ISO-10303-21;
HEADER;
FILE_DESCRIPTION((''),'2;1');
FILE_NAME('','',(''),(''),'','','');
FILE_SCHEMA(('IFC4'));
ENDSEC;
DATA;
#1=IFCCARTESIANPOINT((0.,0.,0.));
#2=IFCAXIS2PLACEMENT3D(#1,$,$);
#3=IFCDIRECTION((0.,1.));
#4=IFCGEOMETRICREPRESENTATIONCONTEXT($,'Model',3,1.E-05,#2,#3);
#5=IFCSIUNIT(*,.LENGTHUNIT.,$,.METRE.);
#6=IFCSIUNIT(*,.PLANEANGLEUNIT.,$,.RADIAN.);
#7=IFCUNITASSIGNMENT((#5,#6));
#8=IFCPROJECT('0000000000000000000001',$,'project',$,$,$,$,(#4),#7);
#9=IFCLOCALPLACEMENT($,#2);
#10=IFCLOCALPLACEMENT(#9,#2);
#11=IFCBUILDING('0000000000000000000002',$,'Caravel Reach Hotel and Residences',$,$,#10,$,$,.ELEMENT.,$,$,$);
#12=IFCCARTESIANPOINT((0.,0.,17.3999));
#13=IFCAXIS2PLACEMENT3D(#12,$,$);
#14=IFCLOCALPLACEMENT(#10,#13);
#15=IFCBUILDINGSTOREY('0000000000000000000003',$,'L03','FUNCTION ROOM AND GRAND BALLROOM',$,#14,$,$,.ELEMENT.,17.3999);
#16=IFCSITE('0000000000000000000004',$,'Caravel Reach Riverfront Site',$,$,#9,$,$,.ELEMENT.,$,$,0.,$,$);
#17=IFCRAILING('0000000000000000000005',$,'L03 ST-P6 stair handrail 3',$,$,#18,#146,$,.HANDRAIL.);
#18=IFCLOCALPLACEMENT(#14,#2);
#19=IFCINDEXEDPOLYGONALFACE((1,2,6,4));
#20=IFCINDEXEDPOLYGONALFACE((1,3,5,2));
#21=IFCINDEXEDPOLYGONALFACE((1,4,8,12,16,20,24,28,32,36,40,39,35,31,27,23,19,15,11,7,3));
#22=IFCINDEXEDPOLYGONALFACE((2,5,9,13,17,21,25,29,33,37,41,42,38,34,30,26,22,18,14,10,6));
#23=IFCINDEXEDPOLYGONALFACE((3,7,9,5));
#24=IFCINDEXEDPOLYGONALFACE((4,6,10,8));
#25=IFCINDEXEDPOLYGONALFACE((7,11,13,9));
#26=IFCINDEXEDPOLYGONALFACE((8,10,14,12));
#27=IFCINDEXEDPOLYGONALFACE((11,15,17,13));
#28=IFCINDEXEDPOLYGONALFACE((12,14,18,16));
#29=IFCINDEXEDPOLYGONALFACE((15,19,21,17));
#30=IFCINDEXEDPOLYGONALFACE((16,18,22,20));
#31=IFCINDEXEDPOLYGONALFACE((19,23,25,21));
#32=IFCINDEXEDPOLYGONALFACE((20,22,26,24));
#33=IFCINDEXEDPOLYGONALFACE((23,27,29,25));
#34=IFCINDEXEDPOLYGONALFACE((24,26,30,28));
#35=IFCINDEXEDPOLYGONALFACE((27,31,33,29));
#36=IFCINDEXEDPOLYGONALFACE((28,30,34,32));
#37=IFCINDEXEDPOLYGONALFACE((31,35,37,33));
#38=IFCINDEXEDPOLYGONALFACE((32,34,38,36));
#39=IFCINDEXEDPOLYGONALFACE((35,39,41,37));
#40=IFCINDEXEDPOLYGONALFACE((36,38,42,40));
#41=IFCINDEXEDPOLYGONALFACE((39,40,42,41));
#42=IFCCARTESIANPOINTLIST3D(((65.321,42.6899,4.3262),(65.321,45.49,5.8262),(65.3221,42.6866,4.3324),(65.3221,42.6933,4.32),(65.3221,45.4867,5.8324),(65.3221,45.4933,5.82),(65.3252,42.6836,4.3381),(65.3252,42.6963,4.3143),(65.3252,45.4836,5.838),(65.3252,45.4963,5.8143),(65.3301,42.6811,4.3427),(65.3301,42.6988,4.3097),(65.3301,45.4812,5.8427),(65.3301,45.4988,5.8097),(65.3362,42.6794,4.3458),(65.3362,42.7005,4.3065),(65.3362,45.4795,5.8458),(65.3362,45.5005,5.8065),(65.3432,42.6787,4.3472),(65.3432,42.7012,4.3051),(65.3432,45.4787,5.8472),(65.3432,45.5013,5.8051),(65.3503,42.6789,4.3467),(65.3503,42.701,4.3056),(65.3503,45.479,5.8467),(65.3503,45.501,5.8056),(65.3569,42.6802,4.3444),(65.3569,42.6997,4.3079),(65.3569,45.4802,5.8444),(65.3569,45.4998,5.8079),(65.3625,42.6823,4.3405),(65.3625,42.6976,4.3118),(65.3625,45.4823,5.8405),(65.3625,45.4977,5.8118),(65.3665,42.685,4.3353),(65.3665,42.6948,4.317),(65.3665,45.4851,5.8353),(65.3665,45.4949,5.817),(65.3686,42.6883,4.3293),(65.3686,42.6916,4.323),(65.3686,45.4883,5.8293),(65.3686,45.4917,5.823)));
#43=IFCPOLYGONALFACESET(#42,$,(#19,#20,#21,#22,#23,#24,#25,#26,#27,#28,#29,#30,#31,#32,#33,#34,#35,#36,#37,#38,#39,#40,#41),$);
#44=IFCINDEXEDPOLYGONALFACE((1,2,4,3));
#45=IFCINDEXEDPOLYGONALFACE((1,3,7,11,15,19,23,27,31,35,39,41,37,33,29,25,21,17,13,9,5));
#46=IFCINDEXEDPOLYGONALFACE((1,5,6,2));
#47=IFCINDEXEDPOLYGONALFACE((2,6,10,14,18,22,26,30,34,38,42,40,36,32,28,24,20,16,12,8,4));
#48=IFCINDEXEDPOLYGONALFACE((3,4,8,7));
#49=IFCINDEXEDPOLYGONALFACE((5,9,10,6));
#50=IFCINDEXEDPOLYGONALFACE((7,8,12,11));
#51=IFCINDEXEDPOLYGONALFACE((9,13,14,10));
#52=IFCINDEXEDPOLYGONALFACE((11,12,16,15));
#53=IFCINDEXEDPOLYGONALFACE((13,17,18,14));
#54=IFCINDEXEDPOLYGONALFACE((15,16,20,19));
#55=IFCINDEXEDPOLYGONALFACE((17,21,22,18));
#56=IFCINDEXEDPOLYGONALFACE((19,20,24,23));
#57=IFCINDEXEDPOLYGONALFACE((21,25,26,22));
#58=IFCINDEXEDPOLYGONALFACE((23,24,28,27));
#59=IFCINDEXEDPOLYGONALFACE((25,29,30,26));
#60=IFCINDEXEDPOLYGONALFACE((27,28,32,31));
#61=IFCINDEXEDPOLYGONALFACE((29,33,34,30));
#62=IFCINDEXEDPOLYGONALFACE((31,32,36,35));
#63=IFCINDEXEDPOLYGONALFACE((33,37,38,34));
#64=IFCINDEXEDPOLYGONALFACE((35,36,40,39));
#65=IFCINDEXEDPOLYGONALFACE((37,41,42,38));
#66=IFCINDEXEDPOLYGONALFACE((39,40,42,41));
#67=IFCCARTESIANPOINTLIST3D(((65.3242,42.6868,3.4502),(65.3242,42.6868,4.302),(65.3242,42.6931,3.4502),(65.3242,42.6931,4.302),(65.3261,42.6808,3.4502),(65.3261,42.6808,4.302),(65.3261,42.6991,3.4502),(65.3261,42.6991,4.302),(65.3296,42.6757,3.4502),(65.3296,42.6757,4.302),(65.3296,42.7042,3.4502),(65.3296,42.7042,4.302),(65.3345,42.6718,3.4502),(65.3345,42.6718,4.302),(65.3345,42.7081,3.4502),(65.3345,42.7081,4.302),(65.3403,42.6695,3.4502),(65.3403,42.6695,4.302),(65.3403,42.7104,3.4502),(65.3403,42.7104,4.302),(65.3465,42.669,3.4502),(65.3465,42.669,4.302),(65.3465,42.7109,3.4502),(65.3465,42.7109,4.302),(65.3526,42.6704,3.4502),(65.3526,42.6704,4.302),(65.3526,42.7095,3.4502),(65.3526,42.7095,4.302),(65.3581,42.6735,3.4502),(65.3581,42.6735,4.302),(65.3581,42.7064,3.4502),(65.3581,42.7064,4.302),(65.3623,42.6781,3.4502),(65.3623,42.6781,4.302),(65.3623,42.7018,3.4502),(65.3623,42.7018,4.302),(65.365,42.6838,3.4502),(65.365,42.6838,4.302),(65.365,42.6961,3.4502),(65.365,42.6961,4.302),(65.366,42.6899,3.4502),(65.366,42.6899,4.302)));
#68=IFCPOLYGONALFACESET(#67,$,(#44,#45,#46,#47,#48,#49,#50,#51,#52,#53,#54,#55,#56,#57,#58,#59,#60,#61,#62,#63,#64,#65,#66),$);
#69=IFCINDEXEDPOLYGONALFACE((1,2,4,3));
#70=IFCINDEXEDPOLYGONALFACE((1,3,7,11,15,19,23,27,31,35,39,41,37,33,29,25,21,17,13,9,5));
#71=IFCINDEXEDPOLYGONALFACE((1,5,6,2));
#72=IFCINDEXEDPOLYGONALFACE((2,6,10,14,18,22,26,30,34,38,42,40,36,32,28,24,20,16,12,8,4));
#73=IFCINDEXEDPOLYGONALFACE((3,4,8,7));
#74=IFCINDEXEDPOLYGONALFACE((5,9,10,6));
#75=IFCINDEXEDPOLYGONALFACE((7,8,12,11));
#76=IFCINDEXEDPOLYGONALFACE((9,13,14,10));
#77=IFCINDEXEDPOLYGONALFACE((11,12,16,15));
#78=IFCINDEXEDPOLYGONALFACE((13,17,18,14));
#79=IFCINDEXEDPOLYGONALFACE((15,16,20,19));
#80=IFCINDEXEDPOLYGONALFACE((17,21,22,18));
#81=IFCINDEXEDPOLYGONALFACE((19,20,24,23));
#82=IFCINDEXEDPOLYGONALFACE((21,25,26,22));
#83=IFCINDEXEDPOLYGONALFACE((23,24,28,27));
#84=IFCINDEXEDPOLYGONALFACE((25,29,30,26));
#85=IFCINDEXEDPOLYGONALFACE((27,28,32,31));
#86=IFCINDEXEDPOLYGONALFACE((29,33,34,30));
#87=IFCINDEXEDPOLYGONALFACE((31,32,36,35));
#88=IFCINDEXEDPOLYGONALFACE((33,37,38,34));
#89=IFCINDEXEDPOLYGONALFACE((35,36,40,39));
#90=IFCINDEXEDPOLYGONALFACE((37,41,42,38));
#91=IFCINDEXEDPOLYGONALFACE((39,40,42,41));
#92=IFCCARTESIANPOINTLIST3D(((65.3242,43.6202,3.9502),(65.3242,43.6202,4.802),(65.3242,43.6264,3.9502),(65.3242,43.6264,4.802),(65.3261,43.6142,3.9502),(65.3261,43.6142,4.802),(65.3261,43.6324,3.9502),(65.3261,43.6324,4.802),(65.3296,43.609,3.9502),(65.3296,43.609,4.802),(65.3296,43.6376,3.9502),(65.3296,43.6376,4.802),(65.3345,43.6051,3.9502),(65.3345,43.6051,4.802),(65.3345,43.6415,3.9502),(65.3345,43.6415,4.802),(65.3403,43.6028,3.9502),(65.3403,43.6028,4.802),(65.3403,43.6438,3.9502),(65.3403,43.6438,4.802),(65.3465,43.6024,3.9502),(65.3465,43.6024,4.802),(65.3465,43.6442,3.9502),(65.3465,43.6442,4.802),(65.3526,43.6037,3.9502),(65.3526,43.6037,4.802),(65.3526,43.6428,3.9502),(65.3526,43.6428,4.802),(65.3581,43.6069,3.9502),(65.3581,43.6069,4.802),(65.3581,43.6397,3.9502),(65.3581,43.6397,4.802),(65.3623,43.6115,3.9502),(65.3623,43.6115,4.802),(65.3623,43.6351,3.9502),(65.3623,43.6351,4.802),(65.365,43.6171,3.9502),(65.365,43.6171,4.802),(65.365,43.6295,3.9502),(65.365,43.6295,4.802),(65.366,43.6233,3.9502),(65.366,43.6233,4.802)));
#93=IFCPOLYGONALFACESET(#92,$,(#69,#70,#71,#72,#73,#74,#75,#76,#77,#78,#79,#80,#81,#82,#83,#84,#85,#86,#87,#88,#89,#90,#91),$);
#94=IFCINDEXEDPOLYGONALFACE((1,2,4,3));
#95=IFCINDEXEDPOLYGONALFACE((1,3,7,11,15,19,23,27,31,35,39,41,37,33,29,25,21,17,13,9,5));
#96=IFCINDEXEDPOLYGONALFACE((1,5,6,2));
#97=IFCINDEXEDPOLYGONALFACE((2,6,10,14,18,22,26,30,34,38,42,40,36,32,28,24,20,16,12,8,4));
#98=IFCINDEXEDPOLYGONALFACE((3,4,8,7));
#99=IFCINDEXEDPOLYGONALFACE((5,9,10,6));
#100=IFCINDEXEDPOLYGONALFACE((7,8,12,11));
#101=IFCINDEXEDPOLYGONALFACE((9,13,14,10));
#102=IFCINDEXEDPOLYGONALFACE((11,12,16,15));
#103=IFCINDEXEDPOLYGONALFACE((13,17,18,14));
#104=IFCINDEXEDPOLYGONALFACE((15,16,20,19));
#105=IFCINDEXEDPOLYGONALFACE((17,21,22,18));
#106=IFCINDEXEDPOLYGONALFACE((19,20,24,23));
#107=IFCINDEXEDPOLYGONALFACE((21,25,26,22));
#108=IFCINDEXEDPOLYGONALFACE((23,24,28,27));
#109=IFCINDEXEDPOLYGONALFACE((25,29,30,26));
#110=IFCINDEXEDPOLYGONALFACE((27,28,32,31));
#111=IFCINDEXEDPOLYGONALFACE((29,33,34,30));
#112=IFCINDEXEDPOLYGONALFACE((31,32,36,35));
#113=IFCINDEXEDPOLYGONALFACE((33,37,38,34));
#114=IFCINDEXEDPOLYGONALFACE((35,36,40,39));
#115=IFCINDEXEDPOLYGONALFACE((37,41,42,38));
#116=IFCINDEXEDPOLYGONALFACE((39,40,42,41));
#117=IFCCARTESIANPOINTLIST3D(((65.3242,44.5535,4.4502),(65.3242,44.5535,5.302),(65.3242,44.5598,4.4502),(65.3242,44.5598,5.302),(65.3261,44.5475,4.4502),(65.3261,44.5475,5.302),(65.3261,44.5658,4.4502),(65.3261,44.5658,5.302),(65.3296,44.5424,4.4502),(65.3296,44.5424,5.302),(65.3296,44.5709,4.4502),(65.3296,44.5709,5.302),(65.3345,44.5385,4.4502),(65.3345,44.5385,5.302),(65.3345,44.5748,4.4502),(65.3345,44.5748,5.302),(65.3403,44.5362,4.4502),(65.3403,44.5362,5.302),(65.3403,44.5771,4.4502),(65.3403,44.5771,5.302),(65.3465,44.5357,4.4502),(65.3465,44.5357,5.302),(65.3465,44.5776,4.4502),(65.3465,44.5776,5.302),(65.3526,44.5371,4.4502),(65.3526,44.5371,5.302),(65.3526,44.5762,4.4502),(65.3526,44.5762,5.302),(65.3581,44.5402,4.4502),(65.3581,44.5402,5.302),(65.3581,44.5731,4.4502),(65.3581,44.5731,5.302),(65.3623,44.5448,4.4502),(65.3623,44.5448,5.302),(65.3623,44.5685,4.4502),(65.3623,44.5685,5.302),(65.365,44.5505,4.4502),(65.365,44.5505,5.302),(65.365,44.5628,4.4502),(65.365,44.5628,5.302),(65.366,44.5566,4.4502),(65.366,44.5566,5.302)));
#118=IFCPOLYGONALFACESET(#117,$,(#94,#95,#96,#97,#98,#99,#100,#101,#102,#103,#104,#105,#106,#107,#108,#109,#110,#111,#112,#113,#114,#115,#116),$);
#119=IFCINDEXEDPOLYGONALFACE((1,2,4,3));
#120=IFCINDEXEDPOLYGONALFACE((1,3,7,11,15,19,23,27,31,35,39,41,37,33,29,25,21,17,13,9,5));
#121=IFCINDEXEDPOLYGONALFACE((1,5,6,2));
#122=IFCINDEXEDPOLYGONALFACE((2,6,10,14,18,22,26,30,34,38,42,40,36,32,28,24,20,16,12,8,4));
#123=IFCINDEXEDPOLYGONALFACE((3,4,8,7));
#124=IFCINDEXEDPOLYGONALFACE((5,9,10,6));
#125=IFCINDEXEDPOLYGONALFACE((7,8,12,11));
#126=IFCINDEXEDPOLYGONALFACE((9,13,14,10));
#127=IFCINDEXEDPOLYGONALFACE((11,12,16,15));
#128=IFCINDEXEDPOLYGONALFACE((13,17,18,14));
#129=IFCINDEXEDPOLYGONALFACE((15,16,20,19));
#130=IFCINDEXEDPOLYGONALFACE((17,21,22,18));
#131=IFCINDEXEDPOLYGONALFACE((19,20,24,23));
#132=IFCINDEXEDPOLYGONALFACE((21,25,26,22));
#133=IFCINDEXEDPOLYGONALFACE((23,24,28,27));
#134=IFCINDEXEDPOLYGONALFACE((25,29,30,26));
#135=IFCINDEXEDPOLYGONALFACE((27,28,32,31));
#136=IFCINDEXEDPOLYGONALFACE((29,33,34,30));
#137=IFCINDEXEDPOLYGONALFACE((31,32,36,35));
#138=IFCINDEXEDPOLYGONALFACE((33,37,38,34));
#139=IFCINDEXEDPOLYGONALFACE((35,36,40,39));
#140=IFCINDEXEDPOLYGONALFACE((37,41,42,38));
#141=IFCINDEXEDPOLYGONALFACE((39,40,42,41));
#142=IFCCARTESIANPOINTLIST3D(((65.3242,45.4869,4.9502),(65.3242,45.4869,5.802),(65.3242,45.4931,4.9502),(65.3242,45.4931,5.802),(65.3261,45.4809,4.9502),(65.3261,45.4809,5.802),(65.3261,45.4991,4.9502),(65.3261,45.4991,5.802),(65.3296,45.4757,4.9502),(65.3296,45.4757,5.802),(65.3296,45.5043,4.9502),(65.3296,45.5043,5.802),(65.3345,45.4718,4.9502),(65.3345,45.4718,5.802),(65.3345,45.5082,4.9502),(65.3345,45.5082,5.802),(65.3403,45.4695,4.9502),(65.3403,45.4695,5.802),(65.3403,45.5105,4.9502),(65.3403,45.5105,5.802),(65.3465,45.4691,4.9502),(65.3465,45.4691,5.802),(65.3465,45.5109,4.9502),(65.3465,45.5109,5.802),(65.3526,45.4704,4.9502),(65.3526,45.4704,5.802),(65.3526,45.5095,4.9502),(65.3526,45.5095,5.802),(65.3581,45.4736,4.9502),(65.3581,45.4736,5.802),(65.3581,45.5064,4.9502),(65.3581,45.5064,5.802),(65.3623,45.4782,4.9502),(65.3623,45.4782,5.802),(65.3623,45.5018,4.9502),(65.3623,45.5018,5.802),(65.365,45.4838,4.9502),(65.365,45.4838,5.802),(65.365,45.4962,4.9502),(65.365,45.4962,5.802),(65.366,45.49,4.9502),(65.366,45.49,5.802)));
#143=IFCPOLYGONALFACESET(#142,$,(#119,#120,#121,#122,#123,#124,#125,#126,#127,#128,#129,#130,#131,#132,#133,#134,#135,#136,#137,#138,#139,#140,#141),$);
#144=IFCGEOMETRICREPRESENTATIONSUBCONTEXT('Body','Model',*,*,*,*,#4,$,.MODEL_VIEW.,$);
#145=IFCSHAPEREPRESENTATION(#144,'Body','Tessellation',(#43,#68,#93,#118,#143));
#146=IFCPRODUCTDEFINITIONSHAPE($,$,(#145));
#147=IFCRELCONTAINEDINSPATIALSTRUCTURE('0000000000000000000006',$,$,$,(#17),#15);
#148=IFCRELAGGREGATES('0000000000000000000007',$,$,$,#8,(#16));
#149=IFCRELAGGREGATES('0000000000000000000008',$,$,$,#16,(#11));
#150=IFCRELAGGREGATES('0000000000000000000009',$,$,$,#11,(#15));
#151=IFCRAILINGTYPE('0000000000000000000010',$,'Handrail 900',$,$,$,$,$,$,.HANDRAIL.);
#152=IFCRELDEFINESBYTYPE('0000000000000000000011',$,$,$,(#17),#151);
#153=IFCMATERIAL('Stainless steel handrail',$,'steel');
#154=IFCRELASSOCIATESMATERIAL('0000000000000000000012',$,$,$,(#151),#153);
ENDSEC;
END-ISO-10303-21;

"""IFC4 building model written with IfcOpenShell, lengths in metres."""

from ifc_helpers import new_model, si_unit, direction, frame, origin, origin_2d, place, context, subcontext, project, spatial, circle, extrude, material, type_object, element, save


model = new_model("IFC4")

# Units and contexts
model_context = context("Model", 3, precision=1e-05, world=origin(), true_north=direction((0.0, 1.0)))
body_context = subcontext(model_context, "Body", "Model", "MODEL_VIEW")
ifc_project = project(units=[si_unit("LENGTHUNIT", "METRE"), si_unit("PLANEANGLEUNIT", "RADIAN")], contexts=[model_context])

# Site, building, storey
site_placement = place(None, origin())
site = spatial("IfcSite", under=ifc_project, at=site_placement, Name="Caravel Reach Riverfront Site", CompositionType="ELEMENT", RefElevation=0.0)
building_placement = place(site_placement, origin())
building = spatial("IfcBuilding", under=site, at=building_placement, Name="Caravel Reach Hotel and Residences", CompositionType="ELEMENT")
storey_placement = place(building_placement, frame((0.0, 0.0, 17.3999)))
storey = spatial("IfcBuildingStorey", under=building, at=storey_placement, Name="L03", Description="FUNCTION ROOM AND GRAND BALLROOM", CompositionType="ELEMENT", Elevation=17.3999)

# Railing
ifc_material_1 = material(Name="Stainless steel handrail", Category="steel")
railing_type_1 = type_object("IfcRailingType", Name="Handrail 900", PredefinedType="HANDRAIL", material=ifc_material_1)
for number, where, name in (
    (1, (65.345, 42.6899, 3.4502), "L03 ST-P6 stair handrail 3"),
):
    element("IfcRailing", number, at=place(storey_placement, frame(where)), inside=storey, type_object=railing_type_1, Name=name, PredefinedType="HANDRAIL", context=body_context, shape_type="SweptSolid", body=[
        extrude(circle(Radius=0.0239, at=origin_2d()), frame((0.0, 0.0, 0.876), z_axis=(0.0, 0.881483, 0.472215), x_axis=(-1.0, 0.0, 0.0)), (0.0, 0.0, 1.0), 3.1765),
        extrude(circle(Radius=0.021, at=origin_2d()), origin(), (0.0, 0.0, 1.0), 0.8518),
        extrude(circle(Radius=0.021, at=origin_2d()), frame((0.0, 0.9333, 0.5)), (0.0, 0.0, 1.0), 0.8518),
        extrude(circle(Radius=0.021, at=origin_2d()), frame((0.0, 1.8667, 1.0)), (0.0, 0.0, 1.0), 0.8518),
        extrude(circle(Radius=0.021, at=origin_2d()), frame((0.0, 2.8, 1.5)), (0.0, 0.0, 1.0), 0.8518),
    ])

save(model, "model.ifc")
